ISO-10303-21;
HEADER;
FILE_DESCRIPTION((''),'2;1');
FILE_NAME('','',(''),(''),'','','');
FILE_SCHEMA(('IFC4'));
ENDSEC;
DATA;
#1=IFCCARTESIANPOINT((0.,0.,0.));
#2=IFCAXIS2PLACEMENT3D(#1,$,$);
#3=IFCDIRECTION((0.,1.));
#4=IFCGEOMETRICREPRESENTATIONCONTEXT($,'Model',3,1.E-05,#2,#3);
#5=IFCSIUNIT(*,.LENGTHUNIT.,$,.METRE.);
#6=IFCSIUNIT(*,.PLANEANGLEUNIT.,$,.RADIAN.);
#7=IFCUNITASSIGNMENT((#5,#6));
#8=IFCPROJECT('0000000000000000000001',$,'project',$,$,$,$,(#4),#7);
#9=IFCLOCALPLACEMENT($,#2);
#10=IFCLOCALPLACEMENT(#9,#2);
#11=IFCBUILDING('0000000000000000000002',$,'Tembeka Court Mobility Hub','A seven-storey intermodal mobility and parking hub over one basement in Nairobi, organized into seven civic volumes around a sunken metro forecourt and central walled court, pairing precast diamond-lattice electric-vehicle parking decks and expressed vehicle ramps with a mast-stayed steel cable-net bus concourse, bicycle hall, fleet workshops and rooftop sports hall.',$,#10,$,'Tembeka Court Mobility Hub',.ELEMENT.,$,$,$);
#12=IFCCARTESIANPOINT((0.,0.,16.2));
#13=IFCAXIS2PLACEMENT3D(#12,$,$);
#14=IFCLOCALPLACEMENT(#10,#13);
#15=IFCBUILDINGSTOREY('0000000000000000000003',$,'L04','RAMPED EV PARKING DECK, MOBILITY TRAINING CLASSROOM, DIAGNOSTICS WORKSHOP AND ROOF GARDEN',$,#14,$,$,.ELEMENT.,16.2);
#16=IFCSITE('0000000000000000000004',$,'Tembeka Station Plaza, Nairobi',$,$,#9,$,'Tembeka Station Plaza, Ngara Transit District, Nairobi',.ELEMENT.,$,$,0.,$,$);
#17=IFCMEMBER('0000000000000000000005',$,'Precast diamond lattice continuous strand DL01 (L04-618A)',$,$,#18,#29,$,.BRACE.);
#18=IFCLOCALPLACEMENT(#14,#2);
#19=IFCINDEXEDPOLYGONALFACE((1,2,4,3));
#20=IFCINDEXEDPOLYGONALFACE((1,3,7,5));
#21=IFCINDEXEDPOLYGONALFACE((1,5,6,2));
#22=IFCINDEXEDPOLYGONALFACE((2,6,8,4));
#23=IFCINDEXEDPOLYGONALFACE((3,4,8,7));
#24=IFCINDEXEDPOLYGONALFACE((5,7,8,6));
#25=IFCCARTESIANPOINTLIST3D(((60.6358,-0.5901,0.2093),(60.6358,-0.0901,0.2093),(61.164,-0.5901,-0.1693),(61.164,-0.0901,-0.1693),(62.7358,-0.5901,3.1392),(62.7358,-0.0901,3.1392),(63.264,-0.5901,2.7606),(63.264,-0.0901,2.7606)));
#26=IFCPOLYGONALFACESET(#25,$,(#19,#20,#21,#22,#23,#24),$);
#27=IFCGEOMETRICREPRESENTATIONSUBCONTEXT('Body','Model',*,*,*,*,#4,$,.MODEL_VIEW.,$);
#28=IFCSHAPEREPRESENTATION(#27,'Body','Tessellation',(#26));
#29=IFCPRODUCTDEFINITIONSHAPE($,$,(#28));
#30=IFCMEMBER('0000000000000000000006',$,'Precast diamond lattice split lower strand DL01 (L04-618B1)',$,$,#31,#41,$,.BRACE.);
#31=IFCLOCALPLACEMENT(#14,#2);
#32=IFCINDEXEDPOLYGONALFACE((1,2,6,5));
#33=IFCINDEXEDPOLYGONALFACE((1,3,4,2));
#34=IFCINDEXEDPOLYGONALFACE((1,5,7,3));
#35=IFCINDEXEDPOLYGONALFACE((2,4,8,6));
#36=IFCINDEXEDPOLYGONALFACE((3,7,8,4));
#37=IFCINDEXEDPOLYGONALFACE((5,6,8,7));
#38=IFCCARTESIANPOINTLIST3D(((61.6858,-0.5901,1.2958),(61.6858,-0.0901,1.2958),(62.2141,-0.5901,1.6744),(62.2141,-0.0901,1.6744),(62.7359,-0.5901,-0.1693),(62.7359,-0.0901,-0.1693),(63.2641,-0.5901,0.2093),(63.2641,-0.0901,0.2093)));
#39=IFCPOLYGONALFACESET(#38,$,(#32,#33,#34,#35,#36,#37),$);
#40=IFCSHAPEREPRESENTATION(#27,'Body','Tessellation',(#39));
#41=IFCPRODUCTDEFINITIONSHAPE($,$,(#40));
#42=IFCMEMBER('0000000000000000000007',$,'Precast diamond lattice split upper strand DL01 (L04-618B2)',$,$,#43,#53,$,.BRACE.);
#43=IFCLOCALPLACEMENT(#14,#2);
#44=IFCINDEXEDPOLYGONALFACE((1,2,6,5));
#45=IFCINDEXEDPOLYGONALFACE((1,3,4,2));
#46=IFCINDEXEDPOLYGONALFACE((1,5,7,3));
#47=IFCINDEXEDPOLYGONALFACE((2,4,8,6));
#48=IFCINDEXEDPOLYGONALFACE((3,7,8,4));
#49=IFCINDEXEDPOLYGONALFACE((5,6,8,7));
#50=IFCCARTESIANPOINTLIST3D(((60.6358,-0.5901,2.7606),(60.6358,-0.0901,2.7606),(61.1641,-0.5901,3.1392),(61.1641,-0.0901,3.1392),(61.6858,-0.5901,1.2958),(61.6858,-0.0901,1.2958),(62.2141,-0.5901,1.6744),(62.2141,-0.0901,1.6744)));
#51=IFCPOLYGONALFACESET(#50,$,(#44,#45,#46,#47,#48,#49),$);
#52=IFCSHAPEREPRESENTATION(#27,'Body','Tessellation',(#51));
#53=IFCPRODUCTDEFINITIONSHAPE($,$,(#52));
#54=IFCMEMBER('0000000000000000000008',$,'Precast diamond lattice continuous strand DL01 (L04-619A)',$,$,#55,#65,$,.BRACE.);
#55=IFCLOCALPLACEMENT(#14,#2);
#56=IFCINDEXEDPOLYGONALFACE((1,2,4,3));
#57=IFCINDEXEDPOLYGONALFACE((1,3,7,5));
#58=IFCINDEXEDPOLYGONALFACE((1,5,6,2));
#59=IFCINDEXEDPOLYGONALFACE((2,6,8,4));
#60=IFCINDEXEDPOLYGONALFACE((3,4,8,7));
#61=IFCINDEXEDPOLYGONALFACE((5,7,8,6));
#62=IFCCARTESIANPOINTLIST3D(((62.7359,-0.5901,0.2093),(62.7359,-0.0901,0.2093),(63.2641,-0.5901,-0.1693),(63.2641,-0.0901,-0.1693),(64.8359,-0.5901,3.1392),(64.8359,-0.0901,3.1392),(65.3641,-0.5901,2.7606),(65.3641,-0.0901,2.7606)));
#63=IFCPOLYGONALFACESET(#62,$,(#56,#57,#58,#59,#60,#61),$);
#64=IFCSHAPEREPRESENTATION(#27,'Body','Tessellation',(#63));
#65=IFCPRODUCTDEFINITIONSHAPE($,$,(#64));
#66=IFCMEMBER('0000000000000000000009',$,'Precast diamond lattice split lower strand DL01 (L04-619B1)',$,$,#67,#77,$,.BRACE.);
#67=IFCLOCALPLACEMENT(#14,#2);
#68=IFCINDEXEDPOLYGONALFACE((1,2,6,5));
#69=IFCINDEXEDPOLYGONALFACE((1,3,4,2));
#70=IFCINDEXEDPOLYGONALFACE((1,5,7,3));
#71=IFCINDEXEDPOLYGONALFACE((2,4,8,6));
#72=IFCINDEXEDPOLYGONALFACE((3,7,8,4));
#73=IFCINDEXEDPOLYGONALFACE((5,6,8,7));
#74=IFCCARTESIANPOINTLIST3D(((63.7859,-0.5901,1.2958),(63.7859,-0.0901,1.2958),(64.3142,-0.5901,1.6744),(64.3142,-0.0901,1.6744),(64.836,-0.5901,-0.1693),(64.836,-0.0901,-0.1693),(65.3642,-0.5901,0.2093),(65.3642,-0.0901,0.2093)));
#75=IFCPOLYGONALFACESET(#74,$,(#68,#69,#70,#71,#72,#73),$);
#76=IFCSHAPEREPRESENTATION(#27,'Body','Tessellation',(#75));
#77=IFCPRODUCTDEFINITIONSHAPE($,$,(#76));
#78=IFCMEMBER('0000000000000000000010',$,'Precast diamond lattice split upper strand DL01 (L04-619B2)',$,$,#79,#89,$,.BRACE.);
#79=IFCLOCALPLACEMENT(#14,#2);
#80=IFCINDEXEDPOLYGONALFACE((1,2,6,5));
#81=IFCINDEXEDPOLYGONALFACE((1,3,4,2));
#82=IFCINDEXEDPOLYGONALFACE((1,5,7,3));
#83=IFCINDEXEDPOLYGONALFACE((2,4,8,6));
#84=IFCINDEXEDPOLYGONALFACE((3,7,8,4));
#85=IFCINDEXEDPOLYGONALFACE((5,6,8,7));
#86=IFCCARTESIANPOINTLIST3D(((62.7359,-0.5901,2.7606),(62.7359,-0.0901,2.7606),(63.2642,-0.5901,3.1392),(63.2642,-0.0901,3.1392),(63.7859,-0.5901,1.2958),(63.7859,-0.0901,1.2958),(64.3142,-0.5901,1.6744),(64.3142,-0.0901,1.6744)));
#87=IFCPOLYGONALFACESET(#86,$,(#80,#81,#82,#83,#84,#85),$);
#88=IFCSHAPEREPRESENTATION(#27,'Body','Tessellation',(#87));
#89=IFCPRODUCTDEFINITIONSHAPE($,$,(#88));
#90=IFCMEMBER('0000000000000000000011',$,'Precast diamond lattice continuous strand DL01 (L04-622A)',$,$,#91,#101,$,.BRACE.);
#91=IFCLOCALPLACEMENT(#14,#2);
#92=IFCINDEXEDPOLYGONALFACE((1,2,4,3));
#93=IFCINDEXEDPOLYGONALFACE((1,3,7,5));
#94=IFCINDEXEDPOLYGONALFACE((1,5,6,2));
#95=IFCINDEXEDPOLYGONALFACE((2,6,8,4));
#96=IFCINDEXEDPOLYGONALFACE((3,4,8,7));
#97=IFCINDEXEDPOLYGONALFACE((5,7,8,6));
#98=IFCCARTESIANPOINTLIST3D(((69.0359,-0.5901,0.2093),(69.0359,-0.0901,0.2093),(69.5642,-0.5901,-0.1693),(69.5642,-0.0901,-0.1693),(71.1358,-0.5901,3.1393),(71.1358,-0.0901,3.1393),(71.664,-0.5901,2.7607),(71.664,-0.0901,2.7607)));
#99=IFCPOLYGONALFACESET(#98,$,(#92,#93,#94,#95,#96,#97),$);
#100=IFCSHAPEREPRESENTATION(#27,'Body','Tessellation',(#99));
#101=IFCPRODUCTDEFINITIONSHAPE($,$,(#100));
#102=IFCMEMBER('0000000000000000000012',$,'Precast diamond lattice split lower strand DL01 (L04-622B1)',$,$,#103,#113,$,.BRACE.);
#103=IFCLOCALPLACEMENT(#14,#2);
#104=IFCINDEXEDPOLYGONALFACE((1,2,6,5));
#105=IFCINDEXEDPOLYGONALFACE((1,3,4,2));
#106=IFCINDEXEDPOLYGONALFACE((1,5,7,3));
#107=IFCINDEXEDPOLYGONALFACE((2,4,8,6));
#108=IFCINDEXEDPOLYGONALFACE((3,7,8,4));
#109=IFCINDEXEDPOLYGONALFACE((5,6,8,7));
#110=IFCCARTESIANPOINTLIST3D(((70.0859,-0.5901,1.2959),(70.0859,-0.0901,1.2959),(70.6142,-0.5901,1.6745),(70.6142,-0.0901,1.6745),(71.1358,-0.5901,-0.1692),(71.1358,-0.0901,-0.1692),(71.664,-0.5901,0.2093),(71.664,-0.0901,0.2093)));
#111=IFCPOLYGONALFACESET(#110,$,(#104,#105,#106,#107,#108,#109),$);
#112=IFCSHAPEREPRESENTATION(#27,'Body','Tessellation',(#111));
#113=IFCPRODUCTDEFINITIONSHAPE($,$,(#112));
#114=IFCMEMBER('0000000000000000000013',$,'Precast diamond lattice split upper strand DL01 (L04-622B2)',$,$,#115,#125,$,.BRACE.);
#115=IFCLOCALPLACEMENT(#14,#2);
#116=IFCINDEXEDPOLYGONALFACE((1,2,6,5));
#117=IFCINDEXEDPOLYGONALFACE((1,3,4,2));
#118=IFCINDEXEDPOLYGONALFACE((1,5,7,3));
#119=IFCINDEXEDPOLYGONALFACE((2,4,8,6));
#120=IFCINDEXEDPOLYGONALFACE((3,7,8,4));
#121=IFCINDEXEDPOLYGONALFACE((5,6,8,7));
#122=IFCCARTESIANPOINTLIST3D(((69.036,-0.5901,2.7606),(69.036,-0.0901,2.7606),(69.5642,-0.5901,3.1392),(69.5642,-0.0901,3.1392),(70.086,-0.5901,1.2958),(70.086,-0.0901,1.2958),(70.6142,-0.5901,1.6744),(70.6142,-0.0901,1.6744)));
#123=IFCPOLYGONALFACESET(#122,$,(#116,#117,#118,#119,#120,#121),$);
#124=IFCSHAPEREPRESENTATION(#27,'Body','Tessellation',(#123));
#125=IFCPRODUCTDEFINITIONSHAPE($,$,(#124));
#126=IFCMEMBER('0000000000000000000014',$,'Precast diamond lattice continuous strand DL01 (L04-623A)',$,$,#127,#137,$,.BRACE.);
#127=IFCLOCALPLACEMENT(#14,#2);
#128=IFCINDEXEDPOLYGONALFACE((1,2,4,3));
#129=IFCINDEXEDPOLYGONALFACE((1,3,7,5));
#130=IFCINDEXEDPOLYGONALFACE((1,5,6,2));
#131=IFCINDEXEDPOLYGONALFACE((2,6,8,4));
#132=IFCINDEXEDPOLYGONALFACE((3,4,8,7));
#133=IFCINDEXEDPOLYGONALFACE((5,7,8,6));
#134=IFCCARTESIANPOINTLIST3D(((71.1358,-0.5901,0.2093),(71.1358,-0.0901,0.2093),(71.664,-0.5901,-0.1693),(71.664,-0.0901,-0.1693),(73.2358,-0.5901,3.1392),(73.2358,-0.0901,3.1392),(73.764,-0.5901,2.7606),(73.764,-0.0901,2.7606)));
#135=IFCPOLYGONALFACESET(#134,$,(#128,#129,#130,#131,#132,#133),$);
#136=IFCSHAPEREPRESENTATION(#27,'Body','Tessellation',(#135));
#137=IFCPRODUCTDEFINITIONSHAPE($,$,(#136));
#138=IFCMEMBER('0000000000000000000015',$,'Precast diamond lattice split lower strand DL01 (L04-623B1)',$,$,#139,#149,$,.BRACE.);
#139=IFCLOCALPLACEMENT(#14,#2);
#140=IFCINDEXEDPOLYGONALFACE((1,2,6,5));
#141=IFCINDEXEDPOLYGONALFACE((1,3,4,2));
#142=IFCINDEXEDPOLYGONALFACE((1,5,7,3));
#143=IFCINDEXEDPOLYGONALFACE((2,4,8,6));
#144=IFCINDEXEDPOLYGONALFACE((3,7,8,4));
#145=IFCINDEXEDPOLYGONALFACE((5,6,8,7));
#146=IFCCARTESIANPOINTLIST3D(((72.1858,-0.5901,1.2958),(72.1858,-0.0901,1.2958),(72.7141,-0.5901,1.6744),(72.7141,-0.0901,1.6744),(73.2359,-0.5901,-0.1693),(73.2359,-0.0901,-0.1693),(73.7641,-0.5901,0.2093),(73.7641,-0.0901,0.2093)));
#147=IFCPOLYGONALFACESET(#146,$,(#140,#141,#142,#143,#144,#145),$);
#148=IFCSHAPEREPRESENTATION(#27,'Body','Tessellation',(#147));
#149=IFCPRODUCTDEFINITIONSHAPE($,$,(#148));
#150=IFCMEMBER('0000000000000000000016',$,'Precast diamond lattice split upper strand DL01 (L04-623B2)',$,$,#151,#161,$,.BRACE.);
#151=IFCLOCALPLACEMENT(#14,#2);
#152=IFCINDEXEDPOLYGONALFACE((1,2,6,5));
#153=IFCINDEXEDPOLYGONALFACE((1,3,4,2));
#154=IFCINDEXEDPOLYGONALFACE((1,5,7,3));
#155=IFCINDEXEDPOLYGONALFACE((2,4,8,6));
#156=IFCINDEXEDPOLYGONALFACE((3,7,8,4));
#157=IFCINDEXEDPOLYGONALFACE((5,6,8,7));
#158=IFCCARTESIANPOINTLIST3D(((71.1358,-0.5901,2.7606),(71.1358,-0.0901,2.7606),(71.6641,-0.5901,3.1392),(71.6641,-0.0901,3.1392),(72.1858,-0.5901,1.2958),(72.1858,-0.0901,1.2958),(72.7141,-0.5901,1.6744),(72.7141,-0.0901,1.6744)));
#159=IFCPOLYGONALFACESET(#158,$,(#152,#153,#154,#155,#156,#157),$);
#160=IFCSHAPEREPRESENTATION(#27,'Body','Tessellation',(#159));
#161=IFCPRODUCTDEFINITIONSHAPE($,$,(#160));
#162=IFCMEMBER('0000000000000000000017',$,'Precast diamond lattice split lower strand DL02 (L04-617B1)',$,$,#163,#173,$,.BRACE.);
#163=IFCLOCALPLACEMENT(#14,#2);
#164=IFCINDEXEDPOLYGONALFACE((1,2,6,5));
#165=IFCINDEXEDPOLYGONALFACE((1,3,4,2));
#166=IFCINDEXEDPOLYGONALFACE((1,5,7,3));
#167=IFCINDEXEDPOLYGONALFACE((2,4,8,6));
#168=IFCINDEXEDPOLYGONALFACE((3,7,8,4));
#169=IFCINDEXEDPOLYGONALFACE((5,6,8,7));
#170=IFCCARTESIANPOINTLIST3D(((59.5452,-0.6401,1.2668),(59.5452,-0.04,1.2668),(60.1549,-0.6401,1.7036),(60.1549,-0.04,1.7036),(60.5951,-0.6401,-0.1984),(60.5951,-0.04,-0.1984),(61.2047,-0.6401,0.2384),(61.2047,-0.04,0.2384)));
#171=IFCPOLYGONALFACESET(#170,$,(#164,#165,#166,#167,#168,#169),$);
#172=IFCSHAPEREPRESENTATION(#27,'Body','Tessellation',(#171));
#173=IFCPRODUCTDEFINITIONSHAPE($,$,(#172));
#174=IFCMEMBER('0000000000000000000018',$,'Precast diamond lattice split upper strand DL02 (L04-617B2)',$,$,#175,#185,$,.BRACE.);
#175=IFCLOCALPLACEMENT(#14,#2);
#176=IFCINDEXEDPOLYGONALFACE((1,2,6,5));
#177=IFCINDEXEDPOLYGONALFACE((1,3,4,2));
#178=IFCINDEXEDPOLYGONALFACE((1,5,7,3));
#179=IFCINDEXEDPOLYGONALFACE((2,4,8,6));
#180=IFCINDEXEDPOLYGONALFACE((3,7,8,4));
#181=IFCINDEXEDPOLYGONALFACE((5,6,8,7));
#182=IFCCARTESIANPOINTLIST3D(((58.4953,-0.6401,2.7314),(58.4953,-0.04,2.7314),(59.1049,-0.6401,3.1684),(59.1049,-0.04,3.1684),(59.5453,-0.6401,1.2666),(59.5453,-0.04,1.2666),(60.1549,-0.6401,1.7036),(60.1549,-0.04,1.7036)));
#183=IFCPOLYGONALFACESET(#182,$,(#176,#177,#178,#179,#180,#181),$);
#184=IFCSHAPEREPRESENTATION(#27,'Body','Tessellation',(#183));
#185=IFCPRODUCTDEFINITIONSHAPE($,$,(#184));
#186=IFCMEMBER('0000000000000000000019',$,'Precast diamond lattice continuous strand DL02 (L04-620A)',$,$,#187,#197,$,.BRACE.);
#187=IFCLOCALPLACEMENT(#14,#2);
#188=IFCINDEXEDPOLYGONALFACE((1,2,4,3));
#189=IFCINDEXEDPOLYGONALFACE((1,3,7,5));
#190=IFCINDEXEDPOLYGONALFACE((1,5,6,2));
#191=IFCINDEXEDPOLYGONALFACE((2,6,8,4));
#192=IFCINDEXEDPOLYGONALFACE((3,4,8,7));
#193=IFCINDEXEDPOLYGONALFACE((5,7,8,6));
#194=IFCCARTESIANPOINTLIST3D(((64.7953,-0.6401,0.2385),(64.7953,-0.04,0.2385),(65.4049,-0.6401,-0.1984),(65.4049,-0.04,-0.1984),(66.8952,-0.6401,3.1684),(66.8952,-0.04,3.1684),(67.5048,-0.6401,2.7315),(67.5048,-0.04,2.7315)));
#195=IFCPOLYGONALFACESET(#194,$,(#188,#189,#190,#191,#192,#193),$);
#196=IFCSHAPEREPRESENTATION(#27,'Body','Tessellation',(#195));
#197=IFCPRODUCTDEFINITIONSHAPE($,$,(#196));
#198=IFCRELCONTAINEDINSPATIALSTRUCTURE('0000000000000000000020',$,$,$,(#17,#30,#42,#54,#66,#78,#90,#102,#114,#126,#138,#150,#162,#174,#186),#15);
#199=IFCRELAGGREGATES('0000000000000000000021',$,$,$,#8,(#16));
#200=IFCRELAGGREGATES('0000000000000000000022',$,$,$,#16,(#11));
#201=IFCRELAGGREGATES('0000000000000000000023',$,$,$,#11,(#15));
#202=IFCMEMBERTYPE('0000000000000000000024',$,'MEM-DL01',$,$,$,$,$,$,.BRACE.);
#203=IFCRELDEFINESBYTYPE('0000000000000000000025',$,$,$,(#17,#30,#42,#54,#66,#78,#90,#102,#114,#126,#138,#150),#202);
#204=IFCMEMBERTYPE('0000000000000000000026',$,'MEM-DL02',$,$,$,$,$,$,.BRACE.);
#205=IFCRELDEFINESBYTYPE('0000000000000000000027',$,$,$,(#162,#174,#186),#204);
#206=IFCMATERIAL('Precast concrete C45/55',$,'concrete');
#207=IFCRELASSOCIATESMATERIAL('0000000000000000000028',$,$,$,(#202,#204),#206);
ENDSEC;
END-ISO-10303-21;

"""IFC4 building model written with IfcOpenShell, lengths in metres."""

from ifc_helpers import new_model, si_unit, direction, frame, origin, origin_2d, place, context, subcontext, project, spatial, rectangle, extrude, material, material_profile, profile_set, type_object, element, save


model = new_model("IFC4")

# Units and contexts
model_context = context("Model", 3, precision=1e-05, world=origin(), true_north=direction((0.0, 1.0)))
body_context = subcontext(model_context, "Body", "Model", "MODEL_VIEW")
ifc_project = project(units=[si_unit("LENGTHUNIT", "METRE"), si_unit("PLANEANGLEUNIT", "RADIAN")], contexts=[model_context])

# Site, building, storey
site_placement = place(None, origin())
site = spatial("IfcSite", under=ifc_project, at=site_placement, Name="Tembeka Station Plaza, Nairobi", LongName="Tembeka Station Plaza, Ngara Transit District, Nairobi", CompositionType="ELEMENT", RefElevation=0.0)
building_placement = place(site_placement, origin())
building = spatial("IfcBuilding", under=site, at=building_placement, Name="Tembeka Court Mobility Hub", Description="A seven-storey intermodal mobility and parking hub over one basement in Nairobi, organized into seven civic volumes around a sunken metro forecourt and central walled court, pairing precast diamond-lattice electric-vehicle parking decks and expressed vehicle ramps with a mast-stayed steel cable-net bus concourse, bicycle hall, fleet workshops and rooftop sports hall.", LongName="Tembeka Court Mobility Hub", CompositionType="ELEMENT")
storey_placement = place(building_placement, frame((0.0, 0.0, 16.2)))
storey = spatial("IfcBuildingStorey", under=building, at=storey_placement, Name="L04", Description="RAMPED EV PARKING DECK, MOBILITY TRAINING CLASSROOM, DIAGNOSTICS WORKSHOP AND ROOF GARDEN", CompositionType="ELEMENT", Elevation=16.2)

# Members
ifc_material = material(Name="Precast concrete C45/55", Category="concrete")
ifc_material_profile_1 = material_profile(ifc_material, rectangle(XDim=0.5, YDim=0.6499, at=origin_2d()), Name="PC-DIAG 500x650")
ifc_profile_set_1 = profile_set([ifc_material_profile_1], Name="Precast concrete C45/55")
member_type_1 = type_object("IfcMemberType", Name="MEM-DL01", PredefinedType="BRACE", material=ifc_profile_set_1)
member_1_placement = place(storey_placement, frame((60.8999, -0.3401, 0.02), z_axis=(0.582576, 0.0, 0.812776), x_axis=(0.0, 1.0, 0.0)))
element("IfcMember", 1, at=member_1_placement, inside=storey, type_object=member_type_1, Name="Precast diamond lattice continuous strand DL01 (L04-618A)", PredefinedType="BRACE", context=body_context, shape_type="SweptSolid", body=[
    extrude(rectangle(XDim=0.5, YDim=0.6499, at=origin_2d()), origin(), (0.0, 0.0, 1.0), 3.6047),
])
member_2_placement = place(storey_placement, frame((63.0, -0.3401, 0.02), z_axis=(-0.582544, 0.0, 0.812799), x_axis=(0.0, -1.0, 0.0)))
element("IfcMember", 2, at=member_2_placement, inside=storey, type_object=member_type_1, Name="Precast diamond lattice split lower strand DL01 (L04-618B1)", PredefinedType="BRACE", context=body_context, shape_type="SweptSolid", body=[
    extrude(rectangle(XDim=0.5, YDim=0.6499, at=origin_2d()), origin(), (0.0, 0.0, 1.0), 1.8025),
])
member_3_placement = place(storey_placement, frame((61.95, -0.3401, 1.4851), z_axis=(-0.582608, 0.0, 0.812753), x_axis=(0.0, -1.0, 0.0)))
element("IfcMember", 3, at=member_3_placement, inside=storey, type_object=member_type_1, Name="Precast diamond lattice split upper strand DL01 (L04-618B2)", PredefinedType="BRACE", context=body_context, shape_type="SweptSolid", body=[
    extrude(rectangle(XDim=0.5, YDim=0.6499, at=origin_2d()), origin(), (0.0, 0.0, 1.0), 1.8022),
])
member_4_placement = place(storey_placement, frame((63.0, -0.3401, 0.02), z_axis=(0.582576, 0.0, 0.812776), x_axis=(0.0, 1.0, 0.0)))
element("IfcMember", 4, at=member_4_placement, inside=storey, type_object=member_type_1, Name="Precast diamond lattice continuous strand DL01 (L04-619A)", PredefinedType="BRACE", context=body_context, shape_type="SweptSolid", body=[
    extrude(rectangle(XDim=0.5, YDim=0.6499, at=origin_2d()), origin(), (0.0, 0.0, 1.0), 3.6047),
])
member_5_placement = place(storey_placement, frame((65.1001, -0.3401, 0.02), z_axis=(-0.582544, 0.0, 0.812799), x_axis=(0.0, -1.0, 0.0)))
element("IfcMember", 5, at=member_5_placement, inside=storey, type_object=member_type_1, Name="Precast diamond lattice split lower strand DL01 (L04-619B1)", PredefinedType="BRACE", context=body_context, shape_type="SweptSolid", body=[
    extrude(rectangle(XDim=0.5, YDim=0.6499, at=origin_2d()), origin(), (0.0, 0.0, 1.0), 1.8025),
])
member_6_placement = place(storey_placement, frame((64.05, -0.3401, 1.4851), z_axis=(-0.582608, 0.0, 0.812753), x_axis=(0.0, -1.0, 0.0)))
element("IfcMember", 6, at=member_6_placement, inside=storey, type_object=member_type_1, Name="Precast diamond lattice split upper strand DL01 (L04-619B2)", PredefinedType="BRACE", context=body_context, shape_type="SweptSolid", body=[
    extrude(rectangle(XDim=0.5, YDim=0.6499, at=origin_2d()), origin(), (0.0, 0.0, 1.0), 1.8022),
])
member_7_placement = place(storey_placement, frame((69.3, -0.3401, 0.02), z_axis=(0.582532, 0.0, 0.812808), x_axis=(0.0, 1.0, 0.0)))
element("IfcMember", 7, at=member_7_placement, inside=storey, type_object=member_type_1, Name="Precast diamond lattice continuous strand DL01 (L04-622A)", PredefinedType="BRACE", context=body_context, shape_type="SweptSolid", body=[
    extrude(rectangle(XDim=0.5, YDim=0.6499, at=origin_2d()), origin(), (0.0, 0.0, 1.0), 3.6047),
])
member_8_placement = place(storey_placement, frame((71.3999, -0.3401, 0.02), z_axis=(-0.582455, 0.0, 0.812863), x_axis=(0.0, -1.0, 0.0)))
element("IfcMember", 8, at=member_8_placement, inside=storey, type_object=member_type_1, Name="Precast diamond lattice split lower strand DL01 (L04-622B1)", PredefinedType="BRACE", context=body_context, shape_type="SweptSolid", body=[
    extrude(rectangle(XDim=0.5, YDim=0.6499, at=origin_2d()), origin(), (0.0, 0.0, 1.0), 1.8025),
])
member_9_placement = place(storey_placement, frame((70.3501, -0.3401, 1.4851), z_axis=(-0.582608, 0.0, 0.812753), x_axis=(0.0, -1.0, 0.0)))
element("IfcMember", 9, at=member_9_placement, inside=storey, type_object=member_type_1, Name="Precast diamond lattice split upper strand DL01 (L04-622B2)", PredefinedType="BRACE", context=body_context, shape_type="SweptSolid", body=[
    extrude(rectangle(XDim=0.5, YDim=0.6499, at=origin_2d()), origin(), (0.0, 0.0, 1.0), 1.8022),
])
member_10_placement = place(storey_placement, frame((71.3999, -0.3401, 0.02), z_axis=(0.582576, 0.0, 0.812776), x_axis=(0.0, 1.0, 0.0)))
element("IfcMember", 10, at=member_10_placement, inside=storey, type_object=member_type_1, Name="Precast diamond lattice continuous strand DL01 (L04-623A)", PredefinedType="BRACE", context=body_context, shape_type="SweptSolid", body=[
    extrude(rectangle(XDim=0.5, YDim=0.6499, at=origin_2d()), origin(), (0.0, 0.0, 1.0), 3.6047),
])
member_11_placement = place(storey_placement, frame((73.5, -0.3401, 0.02), z_axis=(-0.582544, 0.0, 0.812799), x_axis=(0.0, -1.0, 0.0)))
element("IfcMember", 11, at=member_11_placement, inside=storey, type_object=member_type_1, Name="Precast diamond lattice split lower strand DL01 (L04-623B1)", PredefinedType="BRACE", context=body_context, shape_type="SweptSolid", body=[
    extrude(rectangle(XDim=0.5, YDim=0.6499, at=origin_2d()), origin(), (0.0, 0.0, 1.0), 1.8025),
])
member_12_placement = place(storey_placement, frame((72.45, -0.3401, 1.4851), z_axis=(-0.582608, 0.0, 0.812753), x_axis=(0.0, -1.0, 0.0)))
element("IfcMember", 12, at=member_12_placement, inside=storey, type_object=member_type_1, Name="Precast diamond lattice split upper strand DL01 (L04-623B2)", PredefinedType="BRACE", context=body_context, shape_type="SweptSolid", body=[
    extrude(rectangle(XDim=0.5, YDim=0.6499, at=origin_2d()), origin(), (0.0, 0.0, 1.0), 1.8022),
])
ifc_material_profile_2 = material_profile(ifc_material, rectangle(XDim=0.6001, YDim=0.75, at=origin_2d()), Name="PC-DIAG 600x750")
ifc_profile_set_2 = profile_set([ifc_material_profile_2], Name="Precast concrete C45/55")
member_type_2 = type_object("IfcMemberType", Name="MEM-DL02", PredefinedType="BRACE", material=ifc_profile_set_2)
member_13_placement = place(storey_placement, frame((60.8999, -0.3401, 0.02), z_axis=(-0.582455, 0.0, 0.812863), x_axis=(0.0, -1.0, 0.0)))
element("IfcMember", 13, at=member_13_placement, inside=storey, type_object=member_type_2, Name="Precast diamond lattice split lower strand DL02 (L04-617B1)", PredefinedType="BRACE", context=body_context, shape_type="SweptSolid", body=[
    extrude(rectangle(XDim=0.6001, YDim=0.75, at=origin_2d()), origin(), (0.0, 0.0, 1.0), 1.8025),
])
member_14_placement = place(storey_placement, frame((59.8501, -0.3401, 1.4851), z_axis=(-0.582608, 0.0, 0.812753), x_axis=(0.0, -1.0, 0.0)))
element("IfcMember", 14, at=member_14_placement, inside=storey, type_object=member_type_2, Name="Precast diamond lattice split upper strand DL02 (L04-617B2)", PredefinedType="BRACE", context=body_context, shape_type="SweptSolid", body=[
    extrude(rectangle(XDim=0.6001, YDim=0.75, at=origin_2d()), origin(), (0.0, 0.0, 1.0), 1.8022),
])
member_15_placement = place(storey_placement, frame((65.1001, -0.3401, 0.02), z_axis=(0.582532, 0.0, 0.812808), x_axis=(0.0, 1.0, 0.0)))
element("IfcMember", 15, at=member_15_placement, inside=storey, type_object=member_type_2, Name="Precast diamond lattice continuous strand DL02 (L04-620A)", PredefinedType="BRACE", context=body_context, shape_type="SweptSolid", body=[
    extrude(rectangle(XDim=0.6001, YDim=0.75, at=origin_2d()), origin(), (0.0, 0.0, 1.0), 3.6047),
])

save(model, "model.ifc")
